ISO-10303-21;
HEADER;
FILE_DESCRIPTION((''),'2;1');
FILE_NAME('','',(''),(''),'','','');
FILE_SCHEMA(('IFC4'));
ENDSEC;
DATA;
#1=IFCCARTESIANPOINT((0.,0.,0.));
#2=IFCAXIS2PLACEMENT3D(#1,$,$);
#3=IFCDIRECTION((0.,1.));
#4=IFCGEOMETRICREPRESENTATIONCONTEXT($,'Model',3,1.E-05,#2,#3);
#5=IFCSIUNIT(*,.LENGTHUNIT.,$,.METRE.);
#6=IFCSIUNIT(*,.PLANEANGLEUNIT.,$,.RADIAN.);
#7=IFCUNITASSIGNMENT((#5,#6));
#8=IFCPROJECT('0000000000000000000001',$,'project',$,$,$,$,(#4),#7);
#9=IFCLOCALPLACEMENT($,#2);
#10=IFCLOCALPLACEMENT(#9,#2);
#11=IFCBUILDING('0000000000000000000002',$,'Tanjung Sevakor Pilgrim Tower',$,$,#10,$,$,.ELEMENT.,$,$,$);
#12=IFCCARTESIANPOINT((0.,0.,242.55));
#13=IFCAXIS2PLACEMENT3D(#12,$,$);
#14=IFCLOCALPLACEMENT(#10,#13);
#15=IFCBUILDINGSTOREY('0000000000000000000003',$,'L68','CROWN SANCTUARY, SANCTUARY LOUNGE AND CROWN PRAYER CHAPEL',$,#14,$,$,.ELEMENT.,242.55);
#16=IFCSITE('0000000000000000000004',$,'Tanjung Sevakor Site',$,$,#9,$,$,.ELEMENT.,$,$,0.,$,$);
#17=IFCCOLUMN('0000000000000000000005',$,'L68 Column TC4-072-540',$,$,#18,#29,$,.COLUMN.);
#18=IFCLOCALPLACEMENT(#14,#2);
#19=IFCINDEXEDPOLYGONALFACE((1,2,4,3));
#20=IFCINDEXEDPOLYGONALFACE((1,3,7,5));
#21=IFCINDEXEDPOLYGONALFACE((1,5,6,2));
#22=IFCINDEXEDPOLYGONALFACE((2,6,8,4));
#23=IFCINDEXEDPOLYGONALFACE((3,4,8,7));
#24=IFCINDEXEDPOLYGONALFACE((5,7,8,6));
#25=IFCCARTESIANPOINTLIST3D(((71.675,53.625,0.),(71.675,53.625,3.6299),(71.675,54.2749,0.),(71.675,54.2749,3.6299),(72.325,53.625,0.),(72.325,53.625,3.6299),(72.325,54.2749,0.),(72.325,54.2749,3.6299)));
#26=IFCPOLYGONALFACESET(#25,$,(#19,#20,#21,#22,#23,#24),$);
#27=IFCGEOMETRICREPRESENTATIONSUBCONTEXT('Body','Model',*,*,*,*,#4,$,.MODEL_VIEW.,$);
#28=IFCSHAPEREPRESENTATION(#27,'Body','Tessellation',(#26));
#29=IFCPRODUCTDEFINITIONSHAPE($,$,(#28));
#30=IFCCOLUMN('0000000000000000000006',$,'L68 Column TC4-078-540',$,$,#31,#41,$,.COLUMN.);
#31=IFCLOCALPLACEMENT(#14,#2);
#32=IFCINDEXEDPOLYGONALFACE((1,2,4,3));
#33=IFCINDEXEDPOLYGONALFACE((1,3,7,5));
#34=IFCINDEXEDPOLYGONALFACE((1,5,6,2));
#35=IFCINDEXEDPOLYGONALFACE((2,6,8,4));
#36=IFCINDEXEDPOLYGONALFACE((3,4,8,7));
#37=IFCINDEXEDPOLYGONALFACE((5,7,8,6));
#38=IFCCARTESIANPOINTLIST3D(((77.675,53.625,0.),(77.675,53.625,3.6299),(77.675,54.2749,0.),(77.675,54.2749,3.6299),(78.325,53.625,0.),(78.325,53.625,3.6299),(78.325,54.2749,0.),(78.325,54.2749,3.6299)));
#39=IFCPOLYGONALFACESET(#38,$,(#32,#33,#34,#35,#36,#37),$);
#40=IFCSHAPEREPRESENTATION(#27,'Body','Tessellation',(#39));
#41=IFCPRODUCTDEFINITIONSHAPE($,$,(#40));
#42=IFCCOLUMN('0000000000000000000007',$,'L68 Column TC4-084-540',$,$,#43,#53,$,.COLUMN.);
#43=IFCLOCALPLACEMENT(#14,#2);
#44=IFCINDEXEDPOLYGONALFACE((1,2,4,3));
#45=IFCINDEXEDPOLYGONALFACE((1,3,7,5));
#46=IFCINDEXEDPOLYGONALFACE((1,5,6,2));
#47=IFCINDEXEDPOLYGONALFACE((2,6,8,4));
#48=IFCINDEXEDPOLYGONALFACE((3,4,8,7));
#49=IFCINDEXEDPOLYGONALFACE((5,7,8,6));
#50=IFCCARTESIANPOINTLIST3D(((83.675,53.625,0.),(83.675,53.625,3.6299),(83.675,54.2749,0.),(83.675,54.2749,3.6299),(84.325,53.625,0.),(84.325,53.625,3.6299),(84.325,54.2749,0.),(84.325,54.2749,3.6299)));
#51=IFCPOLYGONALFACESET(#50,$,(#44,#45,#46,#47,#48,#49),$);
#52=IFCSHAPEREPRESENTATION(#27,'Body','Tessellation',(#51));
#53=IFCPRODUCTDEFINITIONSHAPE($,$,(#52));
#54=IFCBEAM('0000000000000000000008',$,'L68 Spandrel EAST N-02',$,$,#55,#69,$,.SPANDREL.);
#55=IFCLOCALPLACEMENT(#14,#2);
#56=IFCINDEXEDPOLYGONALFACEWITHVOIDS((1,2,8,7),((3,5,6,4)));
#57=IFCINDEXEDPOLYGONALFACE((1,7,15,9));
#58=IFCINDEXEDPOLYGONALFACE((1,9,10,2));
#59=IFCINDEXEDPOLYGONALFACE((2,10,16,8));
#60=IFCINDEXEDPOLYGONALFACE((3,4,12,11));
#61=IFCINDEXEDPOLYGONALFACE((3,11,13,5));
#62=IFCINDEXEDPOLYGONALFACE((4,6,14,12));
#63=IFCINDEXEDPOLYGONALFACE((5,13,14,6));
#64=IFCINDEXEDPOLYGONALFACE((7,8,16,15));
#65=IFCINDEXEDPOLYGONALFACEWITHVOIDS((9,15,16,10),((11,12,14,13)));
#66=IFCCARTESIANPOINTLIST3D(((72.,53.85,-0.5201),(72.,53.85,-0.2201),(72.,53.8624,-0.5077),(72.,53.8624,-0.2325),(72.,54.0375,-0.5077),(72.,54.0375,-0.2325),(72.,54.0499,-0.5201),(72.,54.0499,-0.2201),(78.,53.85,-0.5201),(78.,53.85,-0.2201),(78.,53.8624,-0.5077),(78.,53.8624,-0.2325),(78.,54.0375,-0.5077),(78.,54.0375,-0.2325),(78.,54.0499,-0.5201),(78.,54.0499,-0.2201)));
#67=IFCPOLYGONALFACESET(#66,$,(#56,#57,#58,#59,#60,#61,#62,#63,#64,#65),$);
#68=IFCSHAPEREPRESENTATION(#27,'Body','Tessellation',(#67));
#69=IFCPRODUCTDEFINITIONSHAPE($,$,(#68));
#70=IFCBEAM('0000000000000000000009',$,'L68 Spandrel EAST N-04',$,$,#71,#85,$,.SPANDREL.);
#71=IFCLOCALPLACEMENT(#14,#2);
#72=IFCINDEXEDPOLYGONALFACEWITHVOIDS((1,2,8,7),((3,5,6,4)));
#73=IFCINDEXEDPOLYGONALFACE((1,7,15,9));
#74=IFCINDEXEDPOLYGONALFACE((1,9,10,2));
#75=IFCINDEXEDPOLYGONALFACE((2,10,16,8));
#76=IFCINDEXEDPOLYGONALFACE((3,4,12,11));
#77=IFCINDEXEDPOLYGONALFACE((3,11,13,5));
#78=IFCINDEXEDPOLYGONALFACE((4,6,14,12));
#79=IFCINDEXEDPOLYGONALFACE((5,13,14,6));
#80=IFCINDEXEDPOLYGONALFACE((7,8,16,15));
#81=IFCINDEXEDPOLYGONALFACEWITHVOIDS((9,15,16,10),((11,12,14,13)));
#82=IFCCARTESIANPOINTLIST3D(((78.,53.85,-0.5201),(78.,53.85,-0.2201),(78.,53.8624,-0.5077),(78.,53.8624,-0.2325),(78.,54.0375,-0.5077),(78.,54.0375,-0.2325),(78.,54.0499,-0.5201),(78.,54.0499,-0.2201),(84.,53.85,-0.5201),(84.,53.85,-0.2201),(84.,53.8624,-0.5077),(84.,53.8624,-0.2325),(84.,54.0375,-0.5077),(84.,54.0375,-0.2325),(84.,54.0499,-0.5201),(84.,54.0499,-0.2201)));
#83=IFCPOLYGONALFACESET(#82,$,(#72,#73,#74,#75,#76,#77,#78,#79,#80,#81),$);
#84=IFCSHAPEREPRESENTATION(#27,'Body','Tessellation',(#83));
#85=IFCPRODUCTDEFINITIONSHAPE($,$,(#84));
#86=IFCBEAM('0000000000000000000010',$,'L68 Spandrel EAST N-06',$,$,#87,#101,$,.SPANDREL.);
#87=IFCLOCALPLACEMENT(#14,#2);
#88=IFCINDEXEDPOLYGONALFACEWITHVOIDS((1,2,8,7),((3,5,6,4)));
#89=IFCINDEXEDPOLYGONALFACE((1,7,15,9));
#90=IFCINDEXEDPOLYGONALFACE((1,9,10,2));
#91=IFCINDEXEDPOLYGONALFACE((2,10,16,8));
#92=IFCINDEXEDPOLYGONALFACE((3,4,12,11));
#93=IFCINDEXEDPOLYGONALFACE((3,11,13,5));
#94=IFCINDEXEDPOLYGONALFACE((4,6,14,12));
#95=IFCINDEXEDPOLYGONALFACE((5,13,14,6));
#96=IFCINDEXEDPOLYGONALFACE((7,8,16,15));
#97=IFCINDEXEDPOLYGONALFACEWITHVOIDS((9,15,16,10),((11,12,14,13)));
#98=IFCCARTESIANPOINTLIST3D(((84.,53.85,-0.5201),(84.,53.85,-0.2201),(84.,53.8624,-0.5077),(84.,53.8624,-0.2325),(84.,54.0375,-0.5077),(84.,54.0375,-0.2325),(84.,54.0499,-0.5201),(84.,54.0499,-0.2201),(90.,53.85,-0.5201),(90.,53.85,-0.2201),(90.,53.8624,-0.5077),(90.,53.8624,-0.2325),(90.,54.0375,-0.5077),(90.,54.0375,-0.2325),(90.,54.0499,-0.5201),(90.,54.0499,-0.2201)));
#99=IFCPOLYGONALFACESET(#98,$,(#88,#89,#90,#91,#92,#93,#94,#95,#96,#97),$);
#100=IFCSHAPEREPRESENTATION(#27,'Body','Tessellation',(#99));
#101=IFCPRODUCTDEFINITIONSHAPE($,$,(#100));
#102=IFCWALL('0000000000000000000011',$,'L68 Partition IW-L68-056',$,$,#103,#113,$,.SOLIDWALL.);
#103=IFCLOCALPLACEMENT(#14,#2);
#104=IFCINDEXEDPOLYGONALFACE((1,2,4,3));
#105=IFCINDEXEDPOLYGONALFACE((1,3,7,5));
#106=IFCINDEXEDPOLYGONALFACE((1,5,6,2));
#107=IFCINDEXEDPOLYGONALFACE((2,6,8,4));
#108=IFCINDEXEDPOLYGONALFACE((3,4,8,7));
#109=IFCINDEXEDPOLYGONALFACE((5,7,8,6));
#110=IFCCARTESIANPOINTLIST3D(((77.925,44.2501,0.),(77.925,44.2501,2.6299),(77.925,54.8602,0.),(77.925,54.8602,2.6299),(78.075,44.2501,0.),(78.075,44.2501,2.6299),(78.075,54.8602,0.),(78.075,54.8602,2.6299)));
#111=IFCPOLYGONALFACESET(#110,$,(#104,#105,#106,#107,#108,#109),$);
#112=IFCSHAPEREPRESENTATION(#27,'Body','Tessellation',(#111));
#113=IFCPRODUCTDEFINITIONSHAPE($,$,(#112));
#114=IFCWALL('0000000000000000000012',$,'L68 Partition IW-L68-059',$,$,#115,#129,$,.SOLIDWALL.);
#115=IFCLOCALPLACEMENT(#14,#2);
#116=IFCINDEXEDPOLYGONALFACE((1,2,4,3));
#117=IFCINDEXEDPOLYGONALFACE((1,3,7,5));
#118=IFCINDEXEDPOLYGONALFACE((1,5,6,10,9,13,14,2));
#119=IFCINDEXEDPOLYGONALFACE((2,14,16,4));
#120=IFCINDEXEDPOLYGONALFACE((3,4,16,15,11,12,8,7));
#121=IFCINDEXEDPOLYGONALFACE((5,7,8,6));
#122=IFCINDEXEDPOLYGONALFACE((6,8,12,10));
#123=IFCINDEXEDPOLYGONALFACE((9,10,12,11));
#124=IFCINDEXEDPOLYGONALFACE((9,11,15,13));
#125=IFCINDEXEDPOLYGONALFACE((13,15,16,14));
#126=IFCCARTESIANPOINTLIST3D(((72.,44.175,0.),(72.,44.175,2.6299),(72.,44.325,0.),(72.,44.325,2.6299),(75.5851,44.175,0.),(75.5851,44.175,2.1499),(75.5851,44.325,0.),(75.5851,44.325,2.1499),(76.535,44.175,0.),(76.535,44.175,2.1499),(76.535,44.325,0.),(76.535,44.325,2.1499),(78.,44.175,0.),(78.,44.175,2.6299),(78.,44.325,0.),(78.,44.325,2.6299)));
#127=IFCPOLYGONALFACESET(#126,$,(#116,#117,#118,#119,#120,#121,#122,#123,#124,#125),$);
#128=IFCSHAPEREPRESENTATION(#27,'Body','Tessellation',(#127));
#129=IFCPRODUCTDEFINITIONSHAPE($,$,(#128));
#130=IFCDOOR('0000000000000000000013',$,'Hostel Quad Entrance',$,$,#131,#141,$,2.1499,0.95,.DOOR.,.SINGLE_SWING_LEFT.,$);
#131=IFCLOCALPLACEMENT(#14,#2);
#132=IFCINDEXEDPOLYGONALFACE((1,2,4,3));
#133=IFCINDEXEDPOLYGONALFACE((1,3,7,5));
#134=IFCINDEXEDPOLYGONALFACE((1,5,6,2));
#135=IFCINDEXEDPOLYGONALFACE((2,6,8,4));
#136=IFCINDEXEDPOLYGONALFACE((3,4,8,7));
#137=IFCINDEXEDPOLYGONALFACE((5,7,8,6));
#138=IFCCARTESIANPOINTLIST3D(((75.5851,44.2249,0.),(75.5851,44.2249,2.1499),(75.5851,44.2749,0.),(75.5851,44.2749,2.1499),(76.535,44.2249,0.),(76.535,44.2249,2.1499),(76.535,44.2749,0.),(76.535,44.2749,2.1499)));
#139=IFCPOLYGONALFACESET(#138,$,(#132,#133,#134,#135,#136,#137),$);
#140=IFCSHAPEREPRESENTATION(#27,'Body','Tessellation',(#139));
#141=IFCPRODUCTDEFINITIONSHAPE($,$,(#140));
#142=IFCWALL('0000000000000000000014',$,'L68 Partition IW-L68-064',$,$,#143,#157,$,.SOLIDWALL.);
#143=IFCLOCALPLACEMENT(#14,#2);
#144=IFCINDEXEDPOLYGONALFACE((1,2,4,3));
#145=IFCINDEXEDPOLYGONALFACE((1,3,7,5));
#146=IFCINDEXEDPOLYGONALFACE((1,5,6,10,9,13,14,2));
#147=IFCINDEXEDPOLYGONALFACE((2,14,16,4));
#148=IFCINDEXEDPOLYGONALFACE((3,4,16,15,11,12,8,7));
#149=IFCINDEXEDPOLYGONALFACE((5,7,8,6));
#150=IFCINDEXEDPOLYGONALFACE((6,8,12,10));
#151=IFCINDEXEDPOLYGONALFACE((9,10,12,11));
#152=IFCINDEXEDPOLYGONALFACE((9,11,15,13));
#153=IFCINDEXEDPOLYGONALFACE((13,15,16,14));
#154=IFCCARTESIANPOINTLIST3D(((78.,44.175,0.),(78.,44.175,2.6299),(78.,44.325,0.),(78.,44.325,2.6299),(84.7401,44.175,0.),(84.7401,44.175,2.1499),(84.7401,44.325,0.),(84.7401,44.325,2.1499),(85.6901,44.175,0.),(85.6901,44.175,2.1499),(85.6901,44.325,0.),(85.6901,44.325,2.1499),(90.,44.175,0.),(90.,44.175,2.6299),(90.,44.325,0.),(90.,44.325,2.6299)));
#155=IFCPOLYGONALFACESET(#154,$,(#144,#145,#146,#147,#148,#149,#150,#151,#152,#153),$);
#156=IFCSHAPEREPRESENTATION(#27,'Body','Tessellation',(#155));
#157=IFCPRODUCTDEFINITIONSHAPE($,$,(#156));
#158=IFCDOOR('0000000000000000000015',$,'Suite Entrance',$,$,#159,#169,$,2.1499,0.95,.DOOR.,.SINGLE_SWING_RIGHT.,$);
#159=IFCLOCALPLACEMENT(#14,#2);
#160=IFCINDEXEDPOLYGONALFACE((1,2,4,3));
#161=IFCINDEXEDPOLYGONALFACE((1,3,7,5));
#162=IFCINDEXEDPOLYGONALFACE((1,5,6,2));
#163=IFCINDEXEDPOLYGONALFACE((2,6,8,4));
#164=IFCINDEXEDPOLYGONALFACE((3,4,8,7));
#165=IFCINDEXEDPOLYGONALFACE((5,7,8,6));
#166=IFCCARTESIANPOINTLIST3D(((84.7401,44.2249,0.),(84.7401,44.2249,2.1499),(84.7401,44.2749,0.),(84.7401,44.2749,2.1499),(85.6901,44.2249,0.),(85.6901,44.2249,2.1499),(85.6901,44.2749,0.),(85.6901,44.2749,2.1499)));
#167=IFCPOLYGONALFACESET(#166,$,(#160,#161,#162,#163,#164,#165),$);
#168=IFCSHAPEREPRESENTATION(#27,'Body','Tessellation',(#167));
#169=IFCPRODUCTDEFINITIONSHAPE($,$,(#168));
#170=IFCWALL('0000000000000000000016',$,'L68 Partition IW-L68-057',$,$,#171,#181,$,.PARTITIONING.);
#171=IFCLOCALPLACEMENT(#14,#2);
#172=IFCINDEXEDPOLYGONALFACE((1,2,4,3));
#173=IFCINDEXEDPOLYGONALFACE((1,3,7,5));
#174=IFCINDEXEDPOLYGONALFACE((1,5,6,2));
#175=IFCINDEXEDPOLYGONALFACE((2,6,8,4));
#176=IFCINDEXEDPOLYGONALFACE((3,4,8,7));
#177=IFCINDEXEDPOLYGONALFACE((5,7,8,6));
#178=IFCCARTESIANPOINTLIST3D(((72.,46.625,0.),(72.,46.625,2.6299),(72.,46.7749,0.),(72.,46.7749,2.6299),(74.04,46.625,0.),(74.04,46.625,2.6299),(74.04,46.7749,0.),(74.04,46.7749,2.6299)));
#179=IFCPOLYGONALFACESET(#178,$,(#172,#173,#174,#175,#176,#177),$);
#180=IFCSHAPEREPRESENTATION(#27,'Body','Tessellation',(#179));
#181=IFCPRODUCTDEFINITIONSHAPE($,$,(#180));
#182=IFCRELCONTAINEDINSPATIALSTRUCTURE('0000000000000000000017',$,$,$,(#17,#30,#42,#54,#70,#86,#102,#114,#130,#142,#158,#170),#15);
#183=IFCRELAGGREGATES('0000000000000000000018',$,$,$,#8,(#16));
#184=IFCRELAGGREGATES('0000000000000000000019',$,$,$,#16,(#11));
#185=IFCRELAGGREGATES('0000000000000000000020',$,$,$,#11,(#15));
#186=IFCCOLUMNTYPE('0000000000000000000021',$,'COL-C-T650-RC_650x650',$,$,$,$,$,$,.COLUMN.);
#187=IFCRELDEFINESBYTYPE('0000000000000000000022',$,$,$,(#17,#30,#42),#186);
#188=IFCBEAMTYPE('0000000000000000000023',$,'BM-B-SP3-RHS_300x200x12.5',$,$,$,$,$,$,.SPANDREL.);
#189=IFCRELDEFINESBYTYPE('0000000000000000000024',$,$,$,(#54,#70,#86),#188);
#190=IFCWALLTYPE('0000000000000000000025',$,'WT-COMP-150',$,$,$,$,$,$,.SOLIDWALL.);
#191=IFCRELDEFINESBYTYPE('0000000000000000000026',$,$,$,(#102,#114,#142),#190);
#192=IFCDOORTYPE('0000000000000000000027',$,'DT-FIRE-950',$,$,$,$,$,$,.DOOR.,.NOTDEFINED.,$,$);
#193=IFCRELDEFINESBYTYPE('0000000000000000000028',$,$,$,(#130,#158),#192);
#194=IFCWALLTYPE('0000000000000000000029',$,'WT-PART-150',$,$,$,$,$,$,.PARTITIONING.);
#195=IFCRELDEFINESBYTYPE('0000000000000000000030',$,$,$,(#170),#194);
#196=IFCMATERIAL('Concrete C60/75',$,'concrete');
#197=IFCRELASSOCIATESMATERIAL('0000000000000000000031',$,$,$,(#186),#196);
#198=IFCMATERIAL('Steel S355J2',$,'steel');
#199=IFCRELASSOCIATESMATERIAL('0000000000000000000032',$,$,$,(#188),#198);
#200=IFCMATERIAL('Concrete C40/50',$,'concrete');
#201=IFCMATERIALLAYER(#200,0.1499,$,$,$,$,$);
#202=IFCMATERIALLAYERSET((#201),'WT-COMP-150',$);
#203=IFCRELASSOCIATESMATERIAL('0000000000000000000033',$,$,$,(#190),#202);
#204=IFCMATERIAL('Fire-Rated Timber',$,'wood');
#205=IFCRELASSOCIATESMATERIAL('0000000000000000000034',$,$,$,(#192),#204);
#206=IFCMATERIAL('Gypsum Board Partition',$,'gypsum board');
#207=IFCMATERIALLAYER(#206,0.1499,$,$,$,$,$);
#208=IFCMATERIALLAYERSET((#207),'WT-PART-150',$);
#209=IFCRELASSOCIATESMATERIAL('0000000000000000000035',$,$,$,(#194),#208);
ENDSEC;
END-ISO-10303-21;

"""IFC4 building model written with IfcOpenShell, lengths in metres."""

from ifc_helpers import new_model, si_unit, direction, frame, frame_2d, origin, origin_2d, place, context, subcontext, project, spatial, rectangle, hollow_rectangle, extrude, material, layer, layer_set, material_profile, profile_set, type_object, element, fill, save


model = new_model("IFC4")

# Units and contexts
model_context = context("Model", 3, precision=1e-05, world=origin(), true_north=direction((0.0, 1.0)))
body_context = subcontext(model_context, "Body", "Model", "MODEL_VIEW")
ifc_project = project(units=[si_unit("LENGTHUNIT", "METRE"), si_unit("PLANEANGLEUNIT", "RADIAN")], contexts=[model_context])

# Site, building, storey
site_placement = place(None, origin())
site = spatial("IfcSite", under=ifc_project, at=site_placement, Name="Tanjung Sevakor Site", CompositionType="ELEMENT", RefElevation=0.0)
building_placement = place(site_placement, origin())
building = spatial("IfcBuilding", under=site, at=building_placement, Name="Tanjung Sevakor Pilgrim Tower", CompositionType="ELEMENT")
storey_placement = place(building_placement, frame((0.0, 0.0, 242.55)))
storey = spatial("IfcBuildingStorey", under=building, at=storey_placement, Name="L68", Description="CROWN SANCTUARY, SANCTUARY LOUNGE AND CROWN PRAYER CHAPEL", CompositionType="ELEMENT", Elevation=242.55)

# Columns
ifc_material_1 = material(Name="Concrete C60/75", Category="concrete")
ifc_material_profile_1 = material_profile(ifc_material_1, rectangle(XDim=0.6499, YDim=0.6499, at=origin_2d()))
ifc_profile_set_1 = profile_set([ifc_material_profile_1], Name="Concrete C60/75")
column_type = type_object("IfcColumnType", Name="COL-C-T650-RC_650x650", PredefinedType="COLUMN", material=ifc_profile_set_1)
for number, where, z_axis, x_axis, name in (
    (1, (72.0, 53.95, 0.0), (0.0, 0.0, 1.0), (1.0, 0.0, 0.0), "L68 Column TC4-072-540"),
    (2, (78.0, 53.95, 0.0), (0.0, 0.0, 1.0), (1.0, 0.0, 0.0), "L68 Column TC4-078-540"),
    (3, (84.0, 53.95, 0.0), (0.0, 0.0, 1.0), (1.0, 0.0, 0.0), "L68 Column TC4-084-540"),
):
    element("IfcColumn", number, at=place(storey_placement, frame(where, z_axis=z_axis, x_axis=x_axis)), inside=storey, type_object=column_type, Name=name, PredefinedType="COLUMN", context=body_context, shape_type="SweptSolid", body=[
        extrude(rectangle(XDim=0.6499, YDim=0.6499, at=origin_2d()), origin(), (0.0, 0.0, 1.0), 3.6299),
    ])

# Beams
ifc_material_2 = material(Name="Steel S355J2", Category="steel")
ifc_material_profile_2 = material_profile(ifc_material_2, hollow_rectangle(XDim=0.2, YDim=0.3, WallThickness=0.0125, at=origin_2d()))
ifc_profile_set_2 = profile_set([ifc_material_profile_2], Name="Steel S355J2")
beam_type = type_object("IfcBeamType", Name="BM-B-SP3-RHS_300x200x12.5", PredefinedType="SPANDREL", material=ifc_profile_set_2)
for number, where, z_axis, x_axis, name in (
    (4, (72.0, 53.95, -0.3701), (1.0, 0.0, 0.0), (0.0, 1.0, 0.0), "L68 Spandrel EAST N-02"),
    (5, (78.0, 53.95, -0.3701), (1.0, 0.0, 0.0), (0.0, 1.0, 0.0), "L68 Spandrel EAST N-04"),
    (6, (84.0, 53.95, -0.3701), (1.0, 0.0, 0.0), (0.0, 1.0, 0.0), "L68 Spandrel EAST N-06"),
):
    element("IfcBeam", number, at=place(storey_placement, frame(where, z_axis=z_axis, x_axis=x_axis)), inside=storey, type_object=beam_type, Name=name, PredefinedType="SPANDREL", context=body_context, shape_type="SweptSolid", body=[
        extrude(hollow_rectangle(XDim=0.2, YDim=0.3, WallThickness=0.0125, at=origin_2d()), origin(), (0.0, 0.0, 1.0), 6.0),
    ])

# Wall
ifc_material_3 = material(Name="Concrete C40/50", Category="concrete")
ifc_layer_1 = layer(ifc_material_3, 0.1499)
ifc_layer_set_1 = layer_set([ifc_layer_1], Name="WT-COMP-150")
wall_type_1 = type_object("IfcWallType", Name="WT-COMP-150", PredefinedType="SOLIDWALL", material=ifc_layer_set_1)
wall_1_placement = place(storey_placement, frame((78.0, 44.25, 0.0), z_axis=(0.0, 0.0, 1.0), x_axis=(0.0, 1.0, 0.0)))
element("IfcWall", 7, at=wall_1_placement, inside=storey, type_object=wall_type_1, Name="L68 Partition IW-L68-056", PredefinedType="SOLIDWALL", context=body_context, shape_type="SweptSolid", body=[
    extrude(rectangle(XDim=10.6101, YDim=0.1499, at=frame_2d((5.3052, 0.0))), origin(), (0.0, 0.0, 1.0), 2.6299),
])

# Walls, openings, doors
wall_2_placement = place(storey_placement, frame((72.0, 44.25, 0.0), z_axis=(0.0, 0.0, 1.0), x_axis=(1.0, 0.0, 0.0)))
wall_2 = element("IfcWall", 8, at=wall_2_placement, inside=storey, type_object=wall_type_1, Name="L68 Partition IW-L68-059", PredefinedType="SOLIDWALL", context=body_context, shape_type="SweptSolid", body=[
    extrude(rectangle(XDim=6.0, YDim=0.1499, at=frame_2d((3.0, 0.0))), origin(), (0.0, 0.0, 1.0), 2.6299),
])
opening_1_placement = place(wall_2_placement, frame((3.585, 0.0, 0.0)))
opening_1 = element("IfcOpeningElement", 9, at=opening_1_placement, cuts=wall_2, PredefinedType="OPENING", context=body_context, shape_type="SweptSolid", body=[
    extrude(rectangle(XDim=0.95, YDim=2.1499, at=frame_2d((0.4751, 1.075))), frame((0.0, 0.085, 0.0), z_axis=(0.0, -1.0, 0.0), x_axis=(1.0, 0.0, 0.0)), (0.0, 0.0, 1.0), 0.1699),
])
ifc_material_4 = material(Name="Fire-Rated Timber", Category="wood")
door_type_1 = type_object("IfcDoorType", Name="DT-FIRE-950", OperationType="NOTDEFINED", PredefinedType="DOOR", material=ifc_material_4)
door_1_placement = place(opening_1_placement, origin())
door_1 = element("IfcDoor", 10, at=door_1_placement, inside=storey, type_object=door_type_1, Name="Hostel Quad Entrance", OperationType="SINGLE_SWING_LEFT", OverallHeight=2.1499, OverallWidth=0.95, PredefinedType="DOOR", context=body_context, shape_type="SweptSolid", body=[
    extrude(rectangle(XDim=0.95, YDim=2.1499, at=frame_2d((0.4751, 1.075))), frame((0.0, 0.0249, 0.0), z_axis=(0.0, -1.0, 0.0), x_axis=(1.0, 0.0, 0.0)), (0.0, 0.0, 1.0), 0.05),
])
fill(opening_1, door_1)
wall_3_placement = place(storey_placement, frame((78.0, 44.25, 0.0), z_axis=(0.0, 0.0, 1.0), x_axis=(1.0, 0.0, 0.0)))
wall_3 = element("IfcWall", 11, at=wall_3_placement, inside=storey, type_object=wall_type_1, Name="L68 Partition IW-L68-064", PredefinedType="SOLIDWALL", context=body_context, shape_type="SweptSolid", body=[
    extrude(rectangle(XDim=12.0, YDim=0.1499, at=frame_2d((6.0, 0.0))), origin(), (0.0, 0.0, 1.0), 2.6299),
])
opening_2_placement = place(wall_3_placement, frame((6.74, 0.0, 0.0)))
opening_2 = element("IfcOpeningElement", 12, at=opening_2_placement, cuts=wall_3, PredefinedType="OPENING", context=body_context, shape_type="SweptSolid", body=[
    extrude(rectangle(XDim=0.95, YDim=2.1499, at=frame_2d((0.4751, 1.075))), frame((0.0, 0.085, 0.0), z_axis=(0.0, -1.0, 0.0), x_axis=(1.0, 0.0, 0.0)), (0.0, 0.0, 1.0), 0.1699),
])
door_2_placement = place(opening_2_placement, origin())
door_2 = element("IfcDoor", 13, at=door_2_placement, inside=storey, type_object=door_type_1, Name="Suite Entrance", OperationType="SINGLE_SWING_RIGHT", OverallHeight=2.1499, OverallWidth=0.95, PredefinedType="DOOR", context=body_context, shape_type="SweptSolid", body=[
    extrude(rectangle(XDim=0.95, YDim=2.1499, at=frame_2d((0.4751, 1.075))), frame((0.0, 0.0249, 0.0), z_axis=(0.0, -1.0, 0.0), x_axis=(1.0, 0.0, 0.0)), (0.0, 0.0, 1.0), 0.05),
])
fill(opening_2, door_2)

# Wall
ifc_material_5 = material(Name="Gypsum Board Partition", Category="gypsum board")
ifc_layer_2 = layer(ifc_material_5, 0.1499)
ifc_layer_set_2 = layer_set([ifc_layer_2], Name="WT-PART-150")
wall_type_2 = type_object("IfcWallType", Name="WT-PART-150", PredefinedType="PARTITIONING", material=ifc_layer_set_2)
wall_4_placement = place(storey_placement, frame((72.0, 46.7, 0.0), z_axis=(0.0, 0.0, 1.0), x_axis=(1.0, 0.0, 0.0)))
element("IfcWall", 14, at=wall_4_placement, inside=storey, type_object=wall_type_2, Name="L68 Partition IW-L68-057", PredefinedType="PARTITIONING", context=body_context, shape_type="SweptSolid", body=[
    extrude(rectangle(XDim=2.04, YDim=0.1499, at=frame_2d((1.02, 0.0))), origin(), (0.0, 0.0, 1.0), 2.6299),
])

save(model, "model.ifc")
